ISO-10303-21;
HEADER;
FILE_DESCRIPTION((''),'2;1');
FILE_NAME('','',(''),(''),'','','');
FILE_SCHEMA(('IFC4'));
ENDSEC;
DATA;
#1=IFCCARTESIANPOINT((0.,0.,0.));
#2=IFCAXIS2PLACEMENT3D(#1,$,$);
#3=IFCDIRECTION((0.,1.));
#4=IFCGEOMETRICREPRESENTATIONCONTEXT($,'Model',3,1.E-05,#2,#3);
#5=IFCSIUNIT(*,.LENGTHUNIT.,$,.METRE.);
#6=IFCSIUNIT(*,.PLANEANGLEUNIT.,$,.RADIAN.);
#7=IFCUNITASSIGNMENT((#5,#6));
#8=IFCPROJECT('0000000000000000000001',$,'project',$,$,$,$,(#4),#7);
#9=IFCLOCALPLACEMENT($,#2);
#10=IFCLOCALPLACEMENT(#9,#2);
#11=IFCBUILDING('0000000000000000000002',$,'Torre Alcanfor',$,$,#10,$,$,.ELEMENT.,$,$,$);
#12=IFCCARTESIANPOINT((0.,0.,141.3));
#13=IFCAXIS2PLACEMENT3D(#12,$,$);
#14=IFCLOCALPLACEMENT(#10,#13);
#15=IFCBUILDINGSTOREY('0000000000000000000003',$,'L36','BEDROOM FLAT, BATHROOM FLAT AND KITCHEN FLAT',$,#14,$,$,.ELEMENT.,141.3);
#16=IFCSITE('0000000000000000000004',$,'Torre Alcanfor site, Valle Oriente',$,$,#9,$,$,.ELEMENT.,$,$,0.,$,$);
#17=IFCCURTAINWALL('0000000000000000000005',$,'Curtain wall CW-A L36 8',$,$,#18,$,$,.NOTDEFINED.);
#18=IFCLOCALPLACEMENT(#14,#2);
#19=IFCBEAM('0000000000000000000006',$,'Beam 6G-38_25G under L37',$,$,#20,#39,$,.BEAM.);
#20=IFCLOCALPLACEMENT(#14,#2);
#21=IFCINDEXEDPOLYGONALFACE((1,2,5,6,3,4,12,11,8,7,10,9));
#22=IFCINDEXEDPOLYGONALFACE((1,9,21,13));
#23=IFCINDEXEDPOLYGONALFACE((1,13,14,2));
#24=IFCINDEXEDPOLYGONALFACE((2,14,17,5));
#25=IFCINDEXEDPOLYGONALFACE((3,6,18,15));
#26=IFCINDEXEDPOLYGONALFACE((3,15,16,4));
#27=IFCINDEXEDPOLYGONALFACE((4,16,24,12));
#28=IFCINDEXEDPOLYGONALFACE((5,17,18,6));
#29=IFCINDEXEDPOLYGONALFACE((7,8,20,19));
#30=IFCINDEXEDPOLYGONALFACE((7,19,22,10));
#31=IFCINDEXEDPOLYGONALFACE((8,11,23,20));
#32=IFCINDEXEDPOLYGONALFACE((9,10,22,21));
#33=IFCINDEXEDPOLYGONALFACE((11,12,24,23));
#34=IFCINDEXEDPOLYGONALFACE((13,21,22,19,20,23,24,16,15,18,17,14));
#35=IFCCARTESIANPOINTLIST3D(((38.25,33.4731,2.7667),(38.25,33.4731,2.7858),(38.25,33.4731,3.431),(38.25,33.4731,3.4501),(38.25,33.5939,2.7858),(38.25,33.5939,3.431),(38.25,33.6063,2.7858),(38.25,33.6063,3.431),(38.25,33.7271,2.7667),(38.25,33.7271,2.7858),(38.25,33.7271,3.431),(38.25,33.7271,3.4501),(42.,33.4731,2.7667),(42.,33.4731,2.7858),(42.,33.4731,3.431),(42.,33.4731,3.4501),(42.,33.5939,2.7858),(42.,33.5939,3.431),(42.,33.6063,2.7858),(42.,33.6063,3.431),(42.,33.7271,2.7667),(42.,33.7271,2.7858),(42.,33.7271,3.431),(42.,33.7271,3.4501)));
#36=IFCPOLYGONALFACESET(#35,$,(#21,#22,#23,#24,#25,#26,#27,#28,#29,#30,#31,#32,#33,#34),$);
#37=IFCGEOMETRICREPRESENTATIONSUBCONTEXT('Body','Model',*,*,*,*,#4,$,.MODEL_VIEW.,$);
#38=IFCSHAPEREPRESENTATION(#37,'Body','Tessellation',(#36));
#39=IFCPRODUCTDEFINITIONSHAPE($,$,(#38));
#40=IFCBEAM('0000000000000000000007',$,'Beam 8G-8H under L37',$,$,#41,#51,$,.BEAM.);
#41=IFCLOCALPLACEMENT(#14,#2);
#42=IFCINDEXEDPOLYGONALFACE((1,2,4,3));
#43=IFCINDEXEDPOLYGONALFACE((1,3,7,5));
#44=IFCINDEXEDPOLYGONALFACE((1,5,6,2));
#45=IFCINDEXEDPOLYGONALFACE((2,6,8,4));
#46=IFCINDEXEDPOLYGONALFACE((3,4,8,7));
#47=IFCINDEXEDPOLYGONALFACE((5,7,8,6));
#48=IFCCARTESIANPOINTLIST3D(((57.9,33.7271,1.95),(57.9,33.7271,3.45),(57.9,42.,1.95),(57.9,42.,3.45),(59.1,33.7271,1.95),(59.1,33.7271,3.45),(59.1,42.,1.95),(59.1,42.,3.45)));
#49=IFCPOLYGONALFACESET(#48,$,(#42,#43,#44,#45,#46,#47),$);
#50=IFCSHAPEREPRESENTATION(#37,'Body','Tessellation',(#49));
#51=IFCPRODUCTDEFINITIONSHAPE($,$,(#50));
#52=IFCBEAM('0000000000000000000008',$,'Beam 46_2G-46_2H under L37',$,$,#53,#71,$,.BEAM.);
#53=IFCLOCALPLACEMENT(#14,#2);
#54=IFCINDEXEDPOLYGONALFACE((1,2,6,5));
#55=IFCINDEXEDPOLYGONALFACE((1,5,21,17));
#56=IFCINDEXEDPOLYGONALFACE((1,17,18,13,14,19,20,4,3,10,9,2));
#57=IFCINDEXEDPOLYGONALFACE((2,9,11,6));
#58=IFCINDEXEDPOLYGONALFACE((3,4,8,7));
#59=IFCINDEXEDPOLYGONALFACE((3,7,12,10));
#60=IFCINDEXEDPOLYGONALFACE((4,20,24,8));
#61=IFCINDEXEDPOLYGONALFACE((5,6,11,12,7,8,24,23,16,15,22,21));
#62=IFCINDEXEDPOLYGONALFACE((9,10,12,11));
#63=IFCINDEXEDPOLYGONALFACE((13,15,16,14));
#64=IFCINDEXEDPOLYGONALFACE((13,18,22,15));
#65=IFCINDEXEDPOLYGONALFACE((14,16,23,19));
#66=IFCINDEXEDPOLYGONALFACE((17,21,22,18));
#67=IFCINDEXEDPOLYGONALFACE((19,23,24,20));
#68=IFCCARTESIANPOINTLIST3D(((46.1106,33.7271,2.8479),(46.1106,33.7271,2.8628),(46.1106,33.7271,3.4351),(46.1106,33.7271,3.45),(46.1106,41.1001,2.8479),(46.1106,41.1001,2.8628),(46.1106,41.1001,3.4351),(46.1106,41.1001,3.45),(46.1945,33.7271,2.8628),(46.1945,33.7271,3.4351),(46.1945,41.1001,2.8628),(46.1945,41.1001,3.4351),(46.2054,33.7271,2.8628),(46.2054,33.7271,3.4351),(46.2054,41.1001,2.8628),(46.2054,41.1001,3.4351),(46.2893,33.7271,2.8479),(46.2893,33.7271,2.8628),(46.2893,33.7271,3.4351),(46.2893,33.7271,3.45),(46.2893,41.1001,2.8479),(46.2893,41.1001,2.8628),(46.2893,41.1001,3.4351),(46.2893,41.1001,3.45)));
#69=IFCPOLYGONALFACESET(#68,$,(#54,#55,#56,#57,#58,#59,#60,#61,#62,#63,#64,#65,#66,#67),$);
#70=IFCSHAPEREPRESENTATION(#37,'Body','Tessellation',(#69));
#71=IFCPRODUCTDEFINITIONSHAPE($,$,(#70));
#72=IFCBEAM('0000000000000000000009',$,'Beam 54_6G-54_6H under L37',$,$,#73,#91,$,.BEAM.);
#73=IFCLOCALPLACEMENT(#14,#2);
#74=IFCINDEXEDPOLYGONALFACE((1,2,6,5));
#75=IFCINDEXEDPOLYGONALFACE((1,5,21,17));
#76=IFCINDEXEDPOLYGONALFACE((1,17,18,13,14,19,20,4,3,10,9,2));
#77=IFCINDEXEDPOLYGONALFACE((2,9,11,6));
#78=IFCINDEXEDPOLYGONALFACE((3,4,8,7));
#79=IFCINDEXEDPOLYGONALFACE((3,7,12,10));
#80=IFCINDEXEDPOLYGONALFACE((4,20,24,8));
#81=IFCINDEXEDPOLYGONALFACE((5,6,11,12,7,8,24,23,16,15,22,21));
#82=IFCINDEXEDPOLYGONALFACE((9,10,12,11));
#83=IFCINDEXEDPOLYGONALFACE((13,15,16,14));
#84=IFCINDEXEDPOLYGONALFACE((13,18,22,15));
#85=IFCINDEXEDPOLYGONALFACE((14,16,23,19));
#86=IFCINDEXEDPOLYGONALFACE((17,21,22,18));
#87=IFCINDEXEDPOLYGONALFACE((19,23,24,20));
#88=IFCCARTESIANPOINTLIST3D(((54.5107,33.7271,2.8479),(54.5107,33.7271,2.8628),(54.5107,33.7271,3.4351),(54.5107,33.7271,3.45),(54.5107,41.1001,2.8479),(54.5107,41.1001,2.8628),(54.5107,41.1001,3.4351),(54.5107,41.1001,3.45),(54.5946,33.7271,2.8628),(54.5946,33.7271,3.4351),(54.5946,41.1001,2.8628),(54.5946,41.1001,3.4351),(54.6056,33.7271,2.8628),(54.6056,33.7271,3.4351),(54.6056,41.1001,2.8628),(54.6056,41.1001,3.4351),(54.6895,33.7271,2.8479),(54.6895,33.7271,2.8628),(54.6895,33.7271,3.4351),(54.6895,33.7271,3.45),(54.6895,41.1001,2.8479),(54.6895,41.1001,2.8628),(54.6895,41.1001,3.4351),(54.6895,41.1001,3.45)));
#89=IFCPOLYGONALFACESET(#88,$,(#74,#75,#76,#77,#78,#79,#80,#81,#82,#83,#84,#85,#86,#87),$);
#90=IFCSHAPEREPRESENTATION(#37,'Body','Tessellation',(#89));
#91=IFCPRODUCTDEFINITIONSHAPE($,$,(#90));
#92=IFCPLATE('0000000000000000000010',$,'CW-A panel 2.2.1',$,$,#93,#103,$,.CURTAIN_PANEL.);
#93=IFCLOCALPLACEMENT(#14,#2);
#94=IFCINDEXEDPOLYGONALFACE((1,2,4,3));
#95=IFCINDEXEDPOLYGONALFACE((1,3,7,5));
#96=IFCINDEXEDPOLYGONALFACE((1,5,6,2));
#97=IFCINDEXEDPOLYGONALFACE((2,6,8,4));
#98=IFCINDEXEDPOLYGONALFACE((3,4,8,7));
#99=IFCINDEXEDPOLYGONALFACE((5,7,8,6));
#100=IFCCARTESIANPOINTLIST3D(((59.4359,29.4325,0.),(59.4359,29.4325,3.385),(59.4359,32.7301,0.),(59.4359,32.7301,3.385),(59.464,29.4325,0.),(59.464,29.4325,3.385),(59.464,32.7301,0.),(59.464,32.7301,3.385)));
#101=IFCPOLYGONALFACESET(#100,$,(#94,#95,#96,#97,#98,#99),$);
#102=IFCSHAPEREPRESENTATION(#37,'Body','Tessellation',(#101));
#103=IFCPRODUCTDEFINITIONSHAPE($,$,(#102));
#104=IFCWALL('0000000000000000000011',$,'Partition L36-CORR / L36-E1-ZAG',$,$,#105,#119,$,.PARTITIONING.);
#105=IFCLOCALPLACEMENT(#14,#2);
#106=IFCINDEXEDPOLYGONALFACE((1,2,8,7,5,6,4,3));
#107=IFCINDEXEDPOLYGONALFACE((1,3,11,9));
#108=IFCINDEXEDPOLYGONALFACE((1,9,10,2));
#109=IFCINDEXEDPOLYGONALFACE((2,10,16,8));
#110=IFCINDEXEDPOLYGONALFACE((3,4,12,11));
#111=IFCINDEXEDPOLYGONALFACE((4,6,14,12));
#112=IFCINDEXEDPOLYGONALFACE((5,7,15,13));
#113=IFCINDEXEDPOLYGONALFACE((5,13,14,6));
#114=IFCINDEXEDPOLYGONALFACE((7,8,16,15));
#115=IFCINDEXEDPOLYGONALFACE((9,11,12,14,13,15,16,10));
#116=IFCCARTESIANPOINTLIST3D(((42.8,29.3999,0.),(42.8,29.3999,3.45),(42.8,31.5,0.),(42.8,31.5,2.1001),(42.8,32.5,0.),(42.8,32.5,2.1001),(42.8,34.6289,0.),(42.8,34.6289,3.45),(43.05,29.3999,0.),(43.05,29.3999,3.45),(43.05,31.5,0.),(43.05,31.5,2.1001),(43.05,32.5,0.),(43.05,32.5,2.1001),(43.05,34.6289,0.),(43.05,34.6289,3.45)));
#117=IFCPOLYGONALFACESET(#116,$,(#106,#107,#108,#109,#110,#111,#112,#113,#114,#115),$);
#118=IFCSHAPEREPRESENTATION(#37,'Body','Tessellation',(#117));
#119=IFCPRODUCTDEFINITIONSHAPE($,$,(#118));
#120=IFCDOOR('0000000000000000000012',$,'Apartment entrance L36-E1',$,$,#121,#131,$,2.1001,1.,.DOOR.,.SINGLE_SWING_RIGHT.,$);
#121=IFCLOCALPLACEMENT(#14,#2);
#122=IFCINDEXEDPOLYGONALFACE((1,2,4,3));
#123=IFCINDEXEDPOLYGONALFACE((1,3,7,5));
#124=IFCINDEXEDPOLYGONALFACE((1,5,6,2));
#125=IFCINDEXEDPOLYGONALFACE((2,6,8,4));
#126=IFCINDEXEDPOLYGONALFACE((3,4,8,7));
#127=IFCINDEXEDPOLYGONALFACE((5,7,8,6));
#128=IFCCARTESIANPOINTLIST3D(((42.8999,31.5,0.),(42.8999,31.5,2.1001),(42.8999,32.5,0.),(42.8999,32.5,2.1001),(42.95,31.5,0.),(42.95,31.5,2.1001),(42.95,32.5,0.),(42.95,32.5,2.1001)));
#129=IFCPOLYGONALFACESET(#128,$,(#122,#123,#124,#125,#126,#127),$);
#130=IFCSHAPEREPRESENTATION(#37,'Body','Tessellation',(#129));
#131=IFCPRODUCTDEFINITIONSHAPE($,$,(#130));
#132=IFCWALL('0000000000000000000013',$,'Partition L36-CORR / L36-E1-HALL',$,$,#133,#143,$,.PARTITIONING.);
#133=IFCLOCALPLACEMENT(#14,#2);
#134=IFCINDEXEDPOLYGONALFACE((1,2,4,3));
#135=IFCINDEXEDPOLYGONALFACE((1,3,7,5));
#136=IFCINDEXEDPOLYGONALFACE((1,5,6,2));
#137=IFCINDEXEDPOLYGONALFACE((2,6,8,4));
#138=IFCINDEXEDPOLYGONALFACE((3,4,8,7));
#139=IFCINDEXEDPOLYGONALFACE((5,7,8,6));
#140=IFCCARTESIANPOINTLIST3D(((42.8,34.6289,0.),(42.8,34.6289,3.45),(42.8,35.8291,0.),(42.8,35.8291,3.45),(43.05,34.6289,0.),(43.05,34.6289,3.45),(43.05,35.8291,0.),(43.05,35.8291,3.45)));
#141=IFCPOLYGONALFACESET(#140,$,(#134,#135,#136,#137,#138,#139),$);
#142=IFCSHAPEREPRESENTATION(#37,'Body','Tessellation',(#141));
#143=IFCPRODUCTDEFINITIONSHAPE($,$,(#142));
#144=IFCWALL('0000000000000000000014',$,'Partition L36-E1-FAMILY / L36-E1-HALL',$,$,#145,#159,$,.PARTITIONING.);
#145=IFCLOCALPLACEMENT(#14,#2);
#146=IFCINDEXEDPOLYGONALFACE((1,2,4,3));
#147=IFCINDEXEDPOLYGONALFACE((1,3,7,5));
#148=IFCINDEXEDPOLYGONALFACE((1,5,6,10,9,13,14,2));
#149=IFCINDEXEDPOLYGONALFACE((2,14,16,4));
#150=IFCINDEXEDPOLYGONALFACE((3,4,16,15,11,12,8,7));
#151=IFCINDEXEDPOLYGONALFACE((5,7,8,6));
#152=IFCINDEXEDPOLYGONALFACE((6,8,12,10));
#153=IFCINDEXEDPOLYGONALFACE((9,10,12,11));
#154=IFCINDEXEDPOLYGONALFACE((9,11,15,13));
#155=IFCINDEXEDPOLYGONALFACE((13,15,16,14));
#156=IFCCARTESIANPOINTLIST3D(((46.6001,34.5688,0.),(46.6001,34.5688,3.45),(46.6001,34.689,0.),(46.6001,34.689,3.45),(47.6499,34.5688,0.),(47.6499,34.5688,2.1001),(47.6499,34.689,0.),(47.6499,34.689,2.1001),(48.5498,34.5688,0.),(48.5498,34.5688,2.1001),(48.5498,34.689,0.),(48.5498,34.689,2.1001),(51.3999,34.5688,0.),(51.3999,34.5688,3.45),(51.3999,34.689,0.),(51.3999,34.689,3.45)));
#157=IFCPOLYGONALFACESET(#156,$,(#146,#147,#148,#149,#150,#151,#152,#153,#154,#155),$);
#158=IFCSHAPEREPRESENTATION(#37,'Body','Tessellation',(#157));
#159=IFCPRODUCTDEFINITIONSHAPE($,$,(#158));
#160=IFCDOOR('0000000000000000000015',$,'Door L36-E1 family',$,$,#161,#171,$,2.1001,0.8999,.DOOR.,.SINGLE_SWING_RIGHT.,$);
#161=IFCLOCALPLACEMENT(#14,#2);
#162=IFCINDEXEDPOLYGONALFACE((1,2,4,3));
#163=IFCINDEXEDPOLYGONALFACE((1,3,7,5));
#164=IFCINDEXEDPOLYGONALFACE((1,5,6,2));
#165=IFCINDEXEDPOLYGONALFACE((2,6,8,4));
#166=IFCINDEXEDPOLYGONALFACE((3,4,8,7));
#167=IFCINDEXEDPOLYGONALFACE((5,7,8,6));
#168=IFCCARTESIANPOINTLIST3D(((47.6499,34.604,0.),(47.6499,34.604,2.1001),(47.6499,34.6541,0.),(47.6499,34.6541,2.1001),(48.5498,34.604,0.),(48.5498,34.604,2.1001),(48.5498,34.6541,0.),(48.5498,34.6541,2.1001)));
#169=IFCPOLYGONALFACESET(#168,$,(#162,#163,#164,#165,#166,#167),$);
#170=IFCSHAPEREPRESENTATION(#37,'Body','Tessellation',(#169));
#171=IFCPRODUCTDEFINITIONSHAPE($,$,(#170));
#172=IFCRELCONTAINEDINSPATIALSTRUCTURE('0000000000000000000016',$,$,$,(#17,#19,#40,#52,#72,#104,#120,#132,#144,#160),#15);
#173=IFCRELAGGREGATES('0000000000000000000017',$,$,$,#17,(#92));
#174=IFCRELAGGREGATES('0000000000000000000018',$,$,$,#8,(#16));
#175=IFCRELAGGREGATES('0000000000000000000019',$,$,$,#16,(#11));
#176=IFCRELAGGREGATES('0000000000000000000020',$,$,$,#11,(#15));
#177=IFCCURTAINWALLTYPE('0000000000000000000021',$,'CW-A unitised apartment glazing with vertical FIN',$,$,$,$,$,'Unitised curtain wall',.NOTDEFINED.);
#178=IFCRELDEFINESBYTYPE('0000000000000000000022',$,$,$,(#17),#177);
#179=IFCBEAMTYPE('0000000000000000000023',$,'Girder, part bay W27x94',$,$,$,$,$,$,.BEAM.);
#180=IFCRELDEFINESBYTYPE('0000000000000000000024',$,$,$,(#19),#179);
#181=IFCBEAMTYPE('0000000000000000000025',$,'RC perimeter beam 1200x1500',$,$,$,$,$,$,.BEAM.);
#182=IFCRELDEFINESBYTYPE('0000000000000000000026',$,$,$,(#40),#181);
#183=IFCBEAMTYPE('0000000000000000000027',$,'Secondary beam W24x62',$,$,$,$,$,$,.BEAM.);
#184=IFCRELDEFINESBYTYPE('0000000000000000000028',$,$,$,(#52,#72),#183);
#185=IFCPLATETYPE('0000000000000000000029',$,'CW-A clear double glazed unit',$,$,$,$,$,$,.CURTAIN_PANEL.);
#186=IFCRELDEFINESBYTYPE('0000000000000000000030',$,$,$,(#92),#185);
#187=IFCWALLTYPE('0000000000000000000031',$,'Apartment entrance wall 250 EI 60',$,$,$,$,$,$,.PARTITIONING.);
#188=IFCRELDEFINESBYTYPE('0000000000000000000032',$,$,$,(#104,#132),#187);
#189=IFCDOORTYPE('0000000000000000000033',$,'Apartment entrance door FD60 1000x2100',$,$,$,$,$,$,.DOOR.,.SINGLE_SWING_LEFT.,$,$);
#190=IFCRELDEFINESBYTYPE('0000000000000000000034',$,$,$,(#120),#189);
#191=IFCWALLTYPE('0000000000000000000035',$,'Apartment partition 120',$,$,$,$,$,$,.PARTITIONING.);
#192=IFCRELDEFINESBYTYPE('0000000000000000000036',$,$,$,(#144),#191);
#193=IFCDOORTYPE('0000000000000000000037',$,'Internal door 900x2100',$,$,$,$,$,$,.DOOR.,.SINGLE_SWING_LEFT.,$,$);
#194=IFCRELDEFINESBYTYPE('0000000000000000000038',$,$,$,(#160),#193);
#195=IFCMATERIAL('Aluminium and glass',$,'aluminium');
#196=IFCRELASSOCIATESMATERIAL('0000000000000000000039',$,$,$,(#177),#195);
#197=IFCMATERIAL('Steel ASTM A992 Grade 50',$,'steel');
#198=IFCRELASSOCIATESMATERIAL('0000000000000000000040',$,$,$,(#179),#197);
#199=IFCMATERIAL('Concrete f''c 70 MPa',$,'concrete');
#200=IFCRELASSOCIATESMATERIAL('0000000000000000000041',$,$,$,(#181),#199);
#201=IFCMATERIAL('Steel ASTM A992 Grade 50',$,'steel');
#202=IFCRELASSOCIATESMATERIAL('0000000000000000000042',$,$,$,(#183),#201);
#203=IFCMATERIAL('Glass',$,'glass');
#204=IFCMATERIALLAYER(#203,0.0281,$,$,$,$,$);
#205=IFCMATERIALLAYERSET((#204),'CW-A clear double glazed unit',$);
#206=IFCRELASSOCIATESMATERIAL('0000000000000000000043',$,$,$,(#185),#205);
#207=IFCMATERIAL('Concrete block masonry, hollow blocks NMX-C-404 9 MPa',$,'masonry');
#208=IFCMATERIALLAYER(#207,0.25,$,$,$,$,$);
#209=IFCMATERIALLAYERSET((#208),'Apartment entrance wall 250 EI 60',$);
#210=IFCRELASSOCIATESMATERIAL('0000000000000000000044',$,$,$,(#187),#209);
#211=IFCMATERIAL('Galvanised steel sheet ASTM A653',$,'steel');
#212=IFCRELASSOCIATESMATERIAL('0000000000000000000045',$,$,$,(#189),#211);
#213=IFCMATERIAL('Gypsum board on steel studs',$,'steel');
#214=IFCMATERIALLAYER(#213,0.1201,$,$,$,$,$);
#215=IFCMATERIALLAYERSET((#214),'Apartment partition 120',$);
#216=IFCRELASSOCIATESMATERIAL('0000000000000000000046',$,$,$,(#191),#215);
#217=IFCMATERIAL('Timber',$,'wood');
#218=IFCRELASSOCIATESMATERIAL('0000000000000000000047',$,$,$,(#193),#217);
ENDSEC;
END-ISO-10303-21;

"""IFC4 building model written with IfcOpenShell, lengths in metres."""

from ifc_helpers import new_model, si_unit, direction, frame, frame_2d, origin, origin_2d, place, context, subcontext, project, spatial, rectangle, i_section, extrude, material, layer, layer_set, material_profile, profile_set, type_object, element, fill, aggregate, save


model = new_model("IFC4")

# Units and contexts
model_context = context("Model", 3, precision=1e-05, world=origin(), true_north=direction((0.0, 1.0)))
body_context = subcontext(model_context, "Body", "Model", "MODEL_VIEW")
ifc_project = project(units=[si_unit("LENGTHUNIT", "METRE"), si_unit("PLANEANGLEUNIT", "RADIAN")], contexts=[model_context])

# Site, building, storey
site_placement = place(None, origin())
site = spatial("IfcSite", under=ifc_project, at=site_placement, Name="Torre Alcanfor site, Valle Oriente", CompositionType="ELEMENT", RefElevation=0.0)
building_placement = place(site_placement, origin())
building = spatial("IfcBuilding", under=site, at=building_placement, Name="Torre Alcanfor", CompositionType="ELEMENT")
storey_placement = place(building_placement, frame((0.0, 0.0, 141.3)))
storey = spatial("IfcBuildingStorey", under=building, at=storey_placement, Name="L36", Description="BEDROOM FLAT, BATHROOM FLAT AND KITCHEN FLAT", CompositionType="ELEMENT", Elevation=141.3)

# Curtain wall
ifc_material_1 = material(Name="Aluminium and glass", Category="aluminium")
curtain_wall_type = type_object("IfcCurtainWallType", Name="CW-A unitised apartment glazing with vertical FIN", ElementType="Unitised curtain wall", PredefinedType="NOTDEFINED", material=ifc_material_1)
curtain_wall_placement = place(storey_placement, origin())
curtain_wall = element("IfcCurtainWall", 1, at=curtain_wall_placement, inside=storey, type_object=curtain_wall_type, Name="Curtain wall CW-A L36 8", PredefinedType="NOTDEFINED")

# Beams
ifc_material_2 = material(Name="Steel ASTM A992 Grade 50", Category="steel")
ifc_material_profile_1 = material_profile(ifc_material_2, i_section(OverallWidth=0.2539, OverallDepth=0.6833, WebThickness=0.0125, FlangeThickness=0.019, at=origin_2d()), Name="W27x94")
ifc_profile_set_1 = profile_set([ifc_material_profile_1], Name="Steel ASTM A992 Grade 50")
beam_type_1 = type_object("IfcBeamType", Name="Girder, part bay W27x94", PredefinedType="BEAM", material=ifc_profile_set_1)
beam_1_placement = place(storey_placement, frame((42.0, 33.6001, 3.1084), z_axis=(-1.0, 0.0, 0.0), x_axis=(0.0, -1.0, 0.0)))
element("IfcBeam", 2, at=beam_1_placement, inside=storey, type_object=beam_type_1, Name="Beam 6G-38_25G under L37", PredefinedType="BEAM", context=body_context, shape_type="SweptSolid", body=[
    extrude(i_section(OverallWidth=0.2539, OverallDepth=0.6833, WebThickness=0.0125, FlangeThickness=0.019, at=origin_2d()), origin(), (0.0, 0.0, 1.0), 3.75),
])
ifc_material_3 = material(Name="Concrete f'c 70 MPa", Category="concrete")
ifc_material_profile_2 = material_profile(ifc_material_3, rectangle(XDim=1.2, YDim=1.5, at=origin_2d()), Name="1200x1500")
ifc_profile_set_2 = profile_set([ifc_material_profile_2], Name="Concrete f'c 70 MPa")
beam_type_2 = type_object("IfcBeamType", Name="RC perimeter beam 1200x1500", PredefinedType="BEAM", material=ifc_profile_set_2)
beam_2_placement = place(storey_placement, frame((58.5, 33.7271, 2.7), z_axis=(0.0, 1.0, 0.0), x_axis=(-1.0, 0.0, 0.0)))
element("IfcBeam", 3, at=beam_2_placement, inside=storey, type_object=beam_type_2, Name="Beam 8G-8H under L37", PredefinedType="BEAM", context=body_context, shape_type="SweptSolid", body=[
    extrude(rectangle(XDim=1.2, YDim=1.5, at=origin_2d()), origin(), (0.0, 0.0, 1.0), 8.2729),
])
ifc_material_4 = material(Name="Steel ASTM A992 Grade 50", Category="steel")
ifc_material_profile_3 = material_profile(ifc_material_4, i_section(OverallWidth=0.1787, OverallDepth=0.6021, WebThickness=0.011, FlangeThickness=0.0149, at=origin_2d()), Name="W24x62")
ifc_profile_set_3 = profile_set([ifc_material_profile_3], Name="Steel ASTM A992 Grade 50")
beam_type_3 = type_object("IfcBeamType", Name="Secondary beam W24x62", PredefinedType="BEAM", material=ifc_profile_set_3)
for number, where, z_axis, x_axis, name in (
    (4, (46.2, 33.7271, 3.1489), (0.0, 1.0, 0.0), (-1.0, 0.0, 0.0), "Beam 46_2G-46_2H under L37"),
    (5, (54.6001, 33.7271, 3.1489), (0.0, 1.0, 0.0), (-1.0, 0.0, 0.0), "Beam 54_6G-54_6H under L37"),
):
    element("IfcBeam", number, at=place(storey_placement, frame(where, z_axis=z_axis, x_axis=x_axis)), inside=storey, type_object=beam_type_3, Name=name, PredefinedType="BEAM", context=body_context, shape_type="SweptSolid", body=[
        extrude(i_section(OverallWidth=0.1787, OverallDepth=0.6021, WebThickness=0.011, FlangeThickness=0.0149, at=origin_2d()), origin(), (0.0, 0.0, 1.0), 7.373),
    ])

# Plate
ifc_material_5 = material(Name="Glass", Category="glass")
ifc_layer_1 = layer(ifc_material_5, 0.0281)
ifc_layer_set_1 = layer_set([ifc_layer_1], Name="CW-A clear double glazed unit")
plate_type = type_object("IfcPlateType", Name="CW-A clear double glazed unit", PredefinedType="CURTAIN_PANEL", material=ifc_layer_set_1)
plate_placement = place(storey_placement, frame((59.45, 31.0813, 0.0), z_axis=(0.0, 0.0, 1.0), x_axis=(0.0, 1.0, 0.0)))
plate = element("IfcPlate", 6, at=plate_placement, type_object=plate_type, Name="CW-A panel 2.2.1", PredefinedType="CURTAIN_PANEL", context=body_context, shape_type="SweptSolid", body=[
    extrude(rectangle(XDim=3.2976, YDim=0.0281, at=origin_2d()), origin(), (0.0, 0.0, 1.0), 3.385),
])
aggregate(curtain_wall, [plate])

# Wall, opening, door
ifc_material_6 = material(Name="Concrete block masonry, hollow blocks NMX-C-404 9 MPa", Category="masonry")
ifc_layer_2 = layer(ifc_material_6, 0.25)
ifc_layer_set_2 = layer_set([ifc_layer_2], Name="Apartment entrance wall 250 EI 60")
wall_type_1 = type_object("IfcWallType", Name="Apartment entrance wall 250 EI 60", PredefinedType="PARTITIONING", material=ifc_layer_set_2)
wall_1_placement = place(storey_placement, frame((42.925, 34.6289, 0.0), z_axis=(0.0, 0.0, 1.0), x_axis=(0.0, -1.0, 0.0)))
wall_1 = element("IfcWall", 7, at=wall_1_placement, inside=storey, type_object=wall_type_1, Name="Partition L36-CORR / L36-E1-ZAG", PredefinedType="PARTITIONING", context=body_context, shape_type="SweptSolid", body=[
    extrude(rectangle(XDim=5.229, YDim=0.25, at=frame_2d((2.6145, 0.0))), origin(), (0.0, 0.0, 1.0), 3.45),
])
opening_1_placement = place(wall_1_placement, frame((2.1289, 0.0, 0.0)))
opening_1 = element("IfcOpeningElement", 8, at=opening_1_placement, cuts=wall_1, PredefinedType="OPENING", context=body_context, shape_type="SweptSolid", body=[
    extrude(rectangle(XDim=1.0, YDim=2.1001, at=frame_2d((0.5, 1.05))), frame((0.0, 0.135, 0.0), z_axis=(0.0, -1.0, 0.0), x_axis=(1.0, 0.0, 0.0)), (0.0, 0.0, 1.0), 0.27),
])
ifc_material_7 = material(Name="Galvanised steel sheet ASTM A653", Category="steel")
door_type_1 = type_object("IfcDoorType", Name="Apartment entrance door FD60 1000x2100", OperationType="SINGLE_SWING_LEFT", PredefinedType="DOOR", material=ifc_material_7)
door_1_placement = place(opening_1_placement, origin())
door_1 = element("IfcDoor", 9, at=door_1_placement, inside=storey, type_object=door_type_1, Name="Apartment entrance L36-E1", OperationType="SINGLE_SWING_RIGHT", OverallHeight=2.1001, OverallWidth=1.0, PredefinedType="DOOR", context=body_context, shape_type="SweptSolid", body=[
    extrude(rectangle(XDim=1.0, YDim=2.1001, at=frame_2d((0.5, 1.05))), frame((0.0, 0.0249, 0.0), z_axis=(0.0, -1.0, 0.0), x_axis=(1.0, 0.0, 0.0)), (0.0, 0.0, 1.0), 0.05),
])
fill(opening_1, door_1)

# Wall
wall_2_placement = place(storey_placement, frame((42.925, 35.8291, 0.0), z_axis=(0.0, 0.0, 1.0), x_axis=(0.0, -1.0, 0.0)))
element("IfcWall", 10, at=wall_2_placement, inside=storey, type_object=wall_type_1, Name="Partition L36-CORR / L36-E1-HALL", PredefinedType="PARTITIONING", context=body_context, shape_type="SweptSolid", body=[
    extrude(rectangle(XDim=1.2002, YDim=0.25, at=frame_2d((0.6001, 0.0))), origin(), (0.0, 0.0, 1.0), 3.45),
])

# Wall, opening, door
ifc_material_8 = material(Name="Gypsum board on steel studs", Category="steel")
ifc_layer_3 = layer(ifc_material_8, 0.1201)
ifc_layer_set_3 = layer_set([ifc_layer_3], Name="Apartment partition 120")
wall_type_2 = type_object("IfcWallType", Name="Apartment partition 120", PredefinedType="PARTITIONING", material=ifc_layer_set_3)
wall_3_placement = place(storey_placement, frame((51.3999, 34.6289, 0.0), z_axis=(0.0, 0.0, 1.0), x_axis=(-1.0, 0.0, 0.0)))
wall_3 = element("IfcWall", 11, at=wall_3_placement, inside=storey, type_object=wall_type_2, Name="Partition L36-E1-FAMILY / L36-E1-HALL", PredefinedType="PARTITIONING", context=body_context, shape_type="SweptSolid", body=[
    extrude(rectangle(XDim=4.7998, YDim=0.1201, at=frame_2d((2.3999, 0.0))), origin(), (0.0, 0.0, 1.0), 3.45),
])
opening_2_placement = place(wall_3_placement, frame((2.8501, 0.0, 0.0)))
opening_2 = element("IfcOpeningElement", 12, at=opening_2_placement, cuts=wall_3, PredefinedType="OPENING", context=body_context, shape_type="SweptSolid", body=[
    extrude(rectangle(XDim=0.8999, YDim=2.1001, at=frame_2d((0.45, 1.05))), frame((0.0, 0.0701, 0.0), z_axis=(0.0, -1.0, 0.0), x_axis=(1.0, 0.0, 0.0)), (0.0, 0.0, 1.0), 0.1401),
])
ifc_material_9 = material(Name="Timber", Category="wood")
door_type_2 = type_object("IfcDoorType", Name="Internal door 900x2100", OperationType="SINGLE_SWING_LEFT", PredefinedType="DOOR", material=ifc_material_9)
door_2_placement = place(opening_2_placement, origin())
door_2 = element("IfcDoor", 13, at=door_2_placement, inside=storey, type_object=door_type_2, Name="Door L36-E1 family", OperationType="SINGLE_SWING_RIGHT", OverallHeight=2.1001, OverallWidth=0.8999, PredefinedType="DOOR", context=body_context, shape_type="SweptSolid", body=[
    extrude(rectangle(XDim=0.8999, YDim=2.1001, at=frame_2d((0.45, 1.05))), frame((0.0, 0.0249, 0.0), z_axis=(0.0, -1.0, 0.0), x_axis=(1.0, 0.0, 0.0)), (0.0, 0.0, 1.0), 0.05),
])
fill(opening_2, door_2)

save(model, "model.ifc")
